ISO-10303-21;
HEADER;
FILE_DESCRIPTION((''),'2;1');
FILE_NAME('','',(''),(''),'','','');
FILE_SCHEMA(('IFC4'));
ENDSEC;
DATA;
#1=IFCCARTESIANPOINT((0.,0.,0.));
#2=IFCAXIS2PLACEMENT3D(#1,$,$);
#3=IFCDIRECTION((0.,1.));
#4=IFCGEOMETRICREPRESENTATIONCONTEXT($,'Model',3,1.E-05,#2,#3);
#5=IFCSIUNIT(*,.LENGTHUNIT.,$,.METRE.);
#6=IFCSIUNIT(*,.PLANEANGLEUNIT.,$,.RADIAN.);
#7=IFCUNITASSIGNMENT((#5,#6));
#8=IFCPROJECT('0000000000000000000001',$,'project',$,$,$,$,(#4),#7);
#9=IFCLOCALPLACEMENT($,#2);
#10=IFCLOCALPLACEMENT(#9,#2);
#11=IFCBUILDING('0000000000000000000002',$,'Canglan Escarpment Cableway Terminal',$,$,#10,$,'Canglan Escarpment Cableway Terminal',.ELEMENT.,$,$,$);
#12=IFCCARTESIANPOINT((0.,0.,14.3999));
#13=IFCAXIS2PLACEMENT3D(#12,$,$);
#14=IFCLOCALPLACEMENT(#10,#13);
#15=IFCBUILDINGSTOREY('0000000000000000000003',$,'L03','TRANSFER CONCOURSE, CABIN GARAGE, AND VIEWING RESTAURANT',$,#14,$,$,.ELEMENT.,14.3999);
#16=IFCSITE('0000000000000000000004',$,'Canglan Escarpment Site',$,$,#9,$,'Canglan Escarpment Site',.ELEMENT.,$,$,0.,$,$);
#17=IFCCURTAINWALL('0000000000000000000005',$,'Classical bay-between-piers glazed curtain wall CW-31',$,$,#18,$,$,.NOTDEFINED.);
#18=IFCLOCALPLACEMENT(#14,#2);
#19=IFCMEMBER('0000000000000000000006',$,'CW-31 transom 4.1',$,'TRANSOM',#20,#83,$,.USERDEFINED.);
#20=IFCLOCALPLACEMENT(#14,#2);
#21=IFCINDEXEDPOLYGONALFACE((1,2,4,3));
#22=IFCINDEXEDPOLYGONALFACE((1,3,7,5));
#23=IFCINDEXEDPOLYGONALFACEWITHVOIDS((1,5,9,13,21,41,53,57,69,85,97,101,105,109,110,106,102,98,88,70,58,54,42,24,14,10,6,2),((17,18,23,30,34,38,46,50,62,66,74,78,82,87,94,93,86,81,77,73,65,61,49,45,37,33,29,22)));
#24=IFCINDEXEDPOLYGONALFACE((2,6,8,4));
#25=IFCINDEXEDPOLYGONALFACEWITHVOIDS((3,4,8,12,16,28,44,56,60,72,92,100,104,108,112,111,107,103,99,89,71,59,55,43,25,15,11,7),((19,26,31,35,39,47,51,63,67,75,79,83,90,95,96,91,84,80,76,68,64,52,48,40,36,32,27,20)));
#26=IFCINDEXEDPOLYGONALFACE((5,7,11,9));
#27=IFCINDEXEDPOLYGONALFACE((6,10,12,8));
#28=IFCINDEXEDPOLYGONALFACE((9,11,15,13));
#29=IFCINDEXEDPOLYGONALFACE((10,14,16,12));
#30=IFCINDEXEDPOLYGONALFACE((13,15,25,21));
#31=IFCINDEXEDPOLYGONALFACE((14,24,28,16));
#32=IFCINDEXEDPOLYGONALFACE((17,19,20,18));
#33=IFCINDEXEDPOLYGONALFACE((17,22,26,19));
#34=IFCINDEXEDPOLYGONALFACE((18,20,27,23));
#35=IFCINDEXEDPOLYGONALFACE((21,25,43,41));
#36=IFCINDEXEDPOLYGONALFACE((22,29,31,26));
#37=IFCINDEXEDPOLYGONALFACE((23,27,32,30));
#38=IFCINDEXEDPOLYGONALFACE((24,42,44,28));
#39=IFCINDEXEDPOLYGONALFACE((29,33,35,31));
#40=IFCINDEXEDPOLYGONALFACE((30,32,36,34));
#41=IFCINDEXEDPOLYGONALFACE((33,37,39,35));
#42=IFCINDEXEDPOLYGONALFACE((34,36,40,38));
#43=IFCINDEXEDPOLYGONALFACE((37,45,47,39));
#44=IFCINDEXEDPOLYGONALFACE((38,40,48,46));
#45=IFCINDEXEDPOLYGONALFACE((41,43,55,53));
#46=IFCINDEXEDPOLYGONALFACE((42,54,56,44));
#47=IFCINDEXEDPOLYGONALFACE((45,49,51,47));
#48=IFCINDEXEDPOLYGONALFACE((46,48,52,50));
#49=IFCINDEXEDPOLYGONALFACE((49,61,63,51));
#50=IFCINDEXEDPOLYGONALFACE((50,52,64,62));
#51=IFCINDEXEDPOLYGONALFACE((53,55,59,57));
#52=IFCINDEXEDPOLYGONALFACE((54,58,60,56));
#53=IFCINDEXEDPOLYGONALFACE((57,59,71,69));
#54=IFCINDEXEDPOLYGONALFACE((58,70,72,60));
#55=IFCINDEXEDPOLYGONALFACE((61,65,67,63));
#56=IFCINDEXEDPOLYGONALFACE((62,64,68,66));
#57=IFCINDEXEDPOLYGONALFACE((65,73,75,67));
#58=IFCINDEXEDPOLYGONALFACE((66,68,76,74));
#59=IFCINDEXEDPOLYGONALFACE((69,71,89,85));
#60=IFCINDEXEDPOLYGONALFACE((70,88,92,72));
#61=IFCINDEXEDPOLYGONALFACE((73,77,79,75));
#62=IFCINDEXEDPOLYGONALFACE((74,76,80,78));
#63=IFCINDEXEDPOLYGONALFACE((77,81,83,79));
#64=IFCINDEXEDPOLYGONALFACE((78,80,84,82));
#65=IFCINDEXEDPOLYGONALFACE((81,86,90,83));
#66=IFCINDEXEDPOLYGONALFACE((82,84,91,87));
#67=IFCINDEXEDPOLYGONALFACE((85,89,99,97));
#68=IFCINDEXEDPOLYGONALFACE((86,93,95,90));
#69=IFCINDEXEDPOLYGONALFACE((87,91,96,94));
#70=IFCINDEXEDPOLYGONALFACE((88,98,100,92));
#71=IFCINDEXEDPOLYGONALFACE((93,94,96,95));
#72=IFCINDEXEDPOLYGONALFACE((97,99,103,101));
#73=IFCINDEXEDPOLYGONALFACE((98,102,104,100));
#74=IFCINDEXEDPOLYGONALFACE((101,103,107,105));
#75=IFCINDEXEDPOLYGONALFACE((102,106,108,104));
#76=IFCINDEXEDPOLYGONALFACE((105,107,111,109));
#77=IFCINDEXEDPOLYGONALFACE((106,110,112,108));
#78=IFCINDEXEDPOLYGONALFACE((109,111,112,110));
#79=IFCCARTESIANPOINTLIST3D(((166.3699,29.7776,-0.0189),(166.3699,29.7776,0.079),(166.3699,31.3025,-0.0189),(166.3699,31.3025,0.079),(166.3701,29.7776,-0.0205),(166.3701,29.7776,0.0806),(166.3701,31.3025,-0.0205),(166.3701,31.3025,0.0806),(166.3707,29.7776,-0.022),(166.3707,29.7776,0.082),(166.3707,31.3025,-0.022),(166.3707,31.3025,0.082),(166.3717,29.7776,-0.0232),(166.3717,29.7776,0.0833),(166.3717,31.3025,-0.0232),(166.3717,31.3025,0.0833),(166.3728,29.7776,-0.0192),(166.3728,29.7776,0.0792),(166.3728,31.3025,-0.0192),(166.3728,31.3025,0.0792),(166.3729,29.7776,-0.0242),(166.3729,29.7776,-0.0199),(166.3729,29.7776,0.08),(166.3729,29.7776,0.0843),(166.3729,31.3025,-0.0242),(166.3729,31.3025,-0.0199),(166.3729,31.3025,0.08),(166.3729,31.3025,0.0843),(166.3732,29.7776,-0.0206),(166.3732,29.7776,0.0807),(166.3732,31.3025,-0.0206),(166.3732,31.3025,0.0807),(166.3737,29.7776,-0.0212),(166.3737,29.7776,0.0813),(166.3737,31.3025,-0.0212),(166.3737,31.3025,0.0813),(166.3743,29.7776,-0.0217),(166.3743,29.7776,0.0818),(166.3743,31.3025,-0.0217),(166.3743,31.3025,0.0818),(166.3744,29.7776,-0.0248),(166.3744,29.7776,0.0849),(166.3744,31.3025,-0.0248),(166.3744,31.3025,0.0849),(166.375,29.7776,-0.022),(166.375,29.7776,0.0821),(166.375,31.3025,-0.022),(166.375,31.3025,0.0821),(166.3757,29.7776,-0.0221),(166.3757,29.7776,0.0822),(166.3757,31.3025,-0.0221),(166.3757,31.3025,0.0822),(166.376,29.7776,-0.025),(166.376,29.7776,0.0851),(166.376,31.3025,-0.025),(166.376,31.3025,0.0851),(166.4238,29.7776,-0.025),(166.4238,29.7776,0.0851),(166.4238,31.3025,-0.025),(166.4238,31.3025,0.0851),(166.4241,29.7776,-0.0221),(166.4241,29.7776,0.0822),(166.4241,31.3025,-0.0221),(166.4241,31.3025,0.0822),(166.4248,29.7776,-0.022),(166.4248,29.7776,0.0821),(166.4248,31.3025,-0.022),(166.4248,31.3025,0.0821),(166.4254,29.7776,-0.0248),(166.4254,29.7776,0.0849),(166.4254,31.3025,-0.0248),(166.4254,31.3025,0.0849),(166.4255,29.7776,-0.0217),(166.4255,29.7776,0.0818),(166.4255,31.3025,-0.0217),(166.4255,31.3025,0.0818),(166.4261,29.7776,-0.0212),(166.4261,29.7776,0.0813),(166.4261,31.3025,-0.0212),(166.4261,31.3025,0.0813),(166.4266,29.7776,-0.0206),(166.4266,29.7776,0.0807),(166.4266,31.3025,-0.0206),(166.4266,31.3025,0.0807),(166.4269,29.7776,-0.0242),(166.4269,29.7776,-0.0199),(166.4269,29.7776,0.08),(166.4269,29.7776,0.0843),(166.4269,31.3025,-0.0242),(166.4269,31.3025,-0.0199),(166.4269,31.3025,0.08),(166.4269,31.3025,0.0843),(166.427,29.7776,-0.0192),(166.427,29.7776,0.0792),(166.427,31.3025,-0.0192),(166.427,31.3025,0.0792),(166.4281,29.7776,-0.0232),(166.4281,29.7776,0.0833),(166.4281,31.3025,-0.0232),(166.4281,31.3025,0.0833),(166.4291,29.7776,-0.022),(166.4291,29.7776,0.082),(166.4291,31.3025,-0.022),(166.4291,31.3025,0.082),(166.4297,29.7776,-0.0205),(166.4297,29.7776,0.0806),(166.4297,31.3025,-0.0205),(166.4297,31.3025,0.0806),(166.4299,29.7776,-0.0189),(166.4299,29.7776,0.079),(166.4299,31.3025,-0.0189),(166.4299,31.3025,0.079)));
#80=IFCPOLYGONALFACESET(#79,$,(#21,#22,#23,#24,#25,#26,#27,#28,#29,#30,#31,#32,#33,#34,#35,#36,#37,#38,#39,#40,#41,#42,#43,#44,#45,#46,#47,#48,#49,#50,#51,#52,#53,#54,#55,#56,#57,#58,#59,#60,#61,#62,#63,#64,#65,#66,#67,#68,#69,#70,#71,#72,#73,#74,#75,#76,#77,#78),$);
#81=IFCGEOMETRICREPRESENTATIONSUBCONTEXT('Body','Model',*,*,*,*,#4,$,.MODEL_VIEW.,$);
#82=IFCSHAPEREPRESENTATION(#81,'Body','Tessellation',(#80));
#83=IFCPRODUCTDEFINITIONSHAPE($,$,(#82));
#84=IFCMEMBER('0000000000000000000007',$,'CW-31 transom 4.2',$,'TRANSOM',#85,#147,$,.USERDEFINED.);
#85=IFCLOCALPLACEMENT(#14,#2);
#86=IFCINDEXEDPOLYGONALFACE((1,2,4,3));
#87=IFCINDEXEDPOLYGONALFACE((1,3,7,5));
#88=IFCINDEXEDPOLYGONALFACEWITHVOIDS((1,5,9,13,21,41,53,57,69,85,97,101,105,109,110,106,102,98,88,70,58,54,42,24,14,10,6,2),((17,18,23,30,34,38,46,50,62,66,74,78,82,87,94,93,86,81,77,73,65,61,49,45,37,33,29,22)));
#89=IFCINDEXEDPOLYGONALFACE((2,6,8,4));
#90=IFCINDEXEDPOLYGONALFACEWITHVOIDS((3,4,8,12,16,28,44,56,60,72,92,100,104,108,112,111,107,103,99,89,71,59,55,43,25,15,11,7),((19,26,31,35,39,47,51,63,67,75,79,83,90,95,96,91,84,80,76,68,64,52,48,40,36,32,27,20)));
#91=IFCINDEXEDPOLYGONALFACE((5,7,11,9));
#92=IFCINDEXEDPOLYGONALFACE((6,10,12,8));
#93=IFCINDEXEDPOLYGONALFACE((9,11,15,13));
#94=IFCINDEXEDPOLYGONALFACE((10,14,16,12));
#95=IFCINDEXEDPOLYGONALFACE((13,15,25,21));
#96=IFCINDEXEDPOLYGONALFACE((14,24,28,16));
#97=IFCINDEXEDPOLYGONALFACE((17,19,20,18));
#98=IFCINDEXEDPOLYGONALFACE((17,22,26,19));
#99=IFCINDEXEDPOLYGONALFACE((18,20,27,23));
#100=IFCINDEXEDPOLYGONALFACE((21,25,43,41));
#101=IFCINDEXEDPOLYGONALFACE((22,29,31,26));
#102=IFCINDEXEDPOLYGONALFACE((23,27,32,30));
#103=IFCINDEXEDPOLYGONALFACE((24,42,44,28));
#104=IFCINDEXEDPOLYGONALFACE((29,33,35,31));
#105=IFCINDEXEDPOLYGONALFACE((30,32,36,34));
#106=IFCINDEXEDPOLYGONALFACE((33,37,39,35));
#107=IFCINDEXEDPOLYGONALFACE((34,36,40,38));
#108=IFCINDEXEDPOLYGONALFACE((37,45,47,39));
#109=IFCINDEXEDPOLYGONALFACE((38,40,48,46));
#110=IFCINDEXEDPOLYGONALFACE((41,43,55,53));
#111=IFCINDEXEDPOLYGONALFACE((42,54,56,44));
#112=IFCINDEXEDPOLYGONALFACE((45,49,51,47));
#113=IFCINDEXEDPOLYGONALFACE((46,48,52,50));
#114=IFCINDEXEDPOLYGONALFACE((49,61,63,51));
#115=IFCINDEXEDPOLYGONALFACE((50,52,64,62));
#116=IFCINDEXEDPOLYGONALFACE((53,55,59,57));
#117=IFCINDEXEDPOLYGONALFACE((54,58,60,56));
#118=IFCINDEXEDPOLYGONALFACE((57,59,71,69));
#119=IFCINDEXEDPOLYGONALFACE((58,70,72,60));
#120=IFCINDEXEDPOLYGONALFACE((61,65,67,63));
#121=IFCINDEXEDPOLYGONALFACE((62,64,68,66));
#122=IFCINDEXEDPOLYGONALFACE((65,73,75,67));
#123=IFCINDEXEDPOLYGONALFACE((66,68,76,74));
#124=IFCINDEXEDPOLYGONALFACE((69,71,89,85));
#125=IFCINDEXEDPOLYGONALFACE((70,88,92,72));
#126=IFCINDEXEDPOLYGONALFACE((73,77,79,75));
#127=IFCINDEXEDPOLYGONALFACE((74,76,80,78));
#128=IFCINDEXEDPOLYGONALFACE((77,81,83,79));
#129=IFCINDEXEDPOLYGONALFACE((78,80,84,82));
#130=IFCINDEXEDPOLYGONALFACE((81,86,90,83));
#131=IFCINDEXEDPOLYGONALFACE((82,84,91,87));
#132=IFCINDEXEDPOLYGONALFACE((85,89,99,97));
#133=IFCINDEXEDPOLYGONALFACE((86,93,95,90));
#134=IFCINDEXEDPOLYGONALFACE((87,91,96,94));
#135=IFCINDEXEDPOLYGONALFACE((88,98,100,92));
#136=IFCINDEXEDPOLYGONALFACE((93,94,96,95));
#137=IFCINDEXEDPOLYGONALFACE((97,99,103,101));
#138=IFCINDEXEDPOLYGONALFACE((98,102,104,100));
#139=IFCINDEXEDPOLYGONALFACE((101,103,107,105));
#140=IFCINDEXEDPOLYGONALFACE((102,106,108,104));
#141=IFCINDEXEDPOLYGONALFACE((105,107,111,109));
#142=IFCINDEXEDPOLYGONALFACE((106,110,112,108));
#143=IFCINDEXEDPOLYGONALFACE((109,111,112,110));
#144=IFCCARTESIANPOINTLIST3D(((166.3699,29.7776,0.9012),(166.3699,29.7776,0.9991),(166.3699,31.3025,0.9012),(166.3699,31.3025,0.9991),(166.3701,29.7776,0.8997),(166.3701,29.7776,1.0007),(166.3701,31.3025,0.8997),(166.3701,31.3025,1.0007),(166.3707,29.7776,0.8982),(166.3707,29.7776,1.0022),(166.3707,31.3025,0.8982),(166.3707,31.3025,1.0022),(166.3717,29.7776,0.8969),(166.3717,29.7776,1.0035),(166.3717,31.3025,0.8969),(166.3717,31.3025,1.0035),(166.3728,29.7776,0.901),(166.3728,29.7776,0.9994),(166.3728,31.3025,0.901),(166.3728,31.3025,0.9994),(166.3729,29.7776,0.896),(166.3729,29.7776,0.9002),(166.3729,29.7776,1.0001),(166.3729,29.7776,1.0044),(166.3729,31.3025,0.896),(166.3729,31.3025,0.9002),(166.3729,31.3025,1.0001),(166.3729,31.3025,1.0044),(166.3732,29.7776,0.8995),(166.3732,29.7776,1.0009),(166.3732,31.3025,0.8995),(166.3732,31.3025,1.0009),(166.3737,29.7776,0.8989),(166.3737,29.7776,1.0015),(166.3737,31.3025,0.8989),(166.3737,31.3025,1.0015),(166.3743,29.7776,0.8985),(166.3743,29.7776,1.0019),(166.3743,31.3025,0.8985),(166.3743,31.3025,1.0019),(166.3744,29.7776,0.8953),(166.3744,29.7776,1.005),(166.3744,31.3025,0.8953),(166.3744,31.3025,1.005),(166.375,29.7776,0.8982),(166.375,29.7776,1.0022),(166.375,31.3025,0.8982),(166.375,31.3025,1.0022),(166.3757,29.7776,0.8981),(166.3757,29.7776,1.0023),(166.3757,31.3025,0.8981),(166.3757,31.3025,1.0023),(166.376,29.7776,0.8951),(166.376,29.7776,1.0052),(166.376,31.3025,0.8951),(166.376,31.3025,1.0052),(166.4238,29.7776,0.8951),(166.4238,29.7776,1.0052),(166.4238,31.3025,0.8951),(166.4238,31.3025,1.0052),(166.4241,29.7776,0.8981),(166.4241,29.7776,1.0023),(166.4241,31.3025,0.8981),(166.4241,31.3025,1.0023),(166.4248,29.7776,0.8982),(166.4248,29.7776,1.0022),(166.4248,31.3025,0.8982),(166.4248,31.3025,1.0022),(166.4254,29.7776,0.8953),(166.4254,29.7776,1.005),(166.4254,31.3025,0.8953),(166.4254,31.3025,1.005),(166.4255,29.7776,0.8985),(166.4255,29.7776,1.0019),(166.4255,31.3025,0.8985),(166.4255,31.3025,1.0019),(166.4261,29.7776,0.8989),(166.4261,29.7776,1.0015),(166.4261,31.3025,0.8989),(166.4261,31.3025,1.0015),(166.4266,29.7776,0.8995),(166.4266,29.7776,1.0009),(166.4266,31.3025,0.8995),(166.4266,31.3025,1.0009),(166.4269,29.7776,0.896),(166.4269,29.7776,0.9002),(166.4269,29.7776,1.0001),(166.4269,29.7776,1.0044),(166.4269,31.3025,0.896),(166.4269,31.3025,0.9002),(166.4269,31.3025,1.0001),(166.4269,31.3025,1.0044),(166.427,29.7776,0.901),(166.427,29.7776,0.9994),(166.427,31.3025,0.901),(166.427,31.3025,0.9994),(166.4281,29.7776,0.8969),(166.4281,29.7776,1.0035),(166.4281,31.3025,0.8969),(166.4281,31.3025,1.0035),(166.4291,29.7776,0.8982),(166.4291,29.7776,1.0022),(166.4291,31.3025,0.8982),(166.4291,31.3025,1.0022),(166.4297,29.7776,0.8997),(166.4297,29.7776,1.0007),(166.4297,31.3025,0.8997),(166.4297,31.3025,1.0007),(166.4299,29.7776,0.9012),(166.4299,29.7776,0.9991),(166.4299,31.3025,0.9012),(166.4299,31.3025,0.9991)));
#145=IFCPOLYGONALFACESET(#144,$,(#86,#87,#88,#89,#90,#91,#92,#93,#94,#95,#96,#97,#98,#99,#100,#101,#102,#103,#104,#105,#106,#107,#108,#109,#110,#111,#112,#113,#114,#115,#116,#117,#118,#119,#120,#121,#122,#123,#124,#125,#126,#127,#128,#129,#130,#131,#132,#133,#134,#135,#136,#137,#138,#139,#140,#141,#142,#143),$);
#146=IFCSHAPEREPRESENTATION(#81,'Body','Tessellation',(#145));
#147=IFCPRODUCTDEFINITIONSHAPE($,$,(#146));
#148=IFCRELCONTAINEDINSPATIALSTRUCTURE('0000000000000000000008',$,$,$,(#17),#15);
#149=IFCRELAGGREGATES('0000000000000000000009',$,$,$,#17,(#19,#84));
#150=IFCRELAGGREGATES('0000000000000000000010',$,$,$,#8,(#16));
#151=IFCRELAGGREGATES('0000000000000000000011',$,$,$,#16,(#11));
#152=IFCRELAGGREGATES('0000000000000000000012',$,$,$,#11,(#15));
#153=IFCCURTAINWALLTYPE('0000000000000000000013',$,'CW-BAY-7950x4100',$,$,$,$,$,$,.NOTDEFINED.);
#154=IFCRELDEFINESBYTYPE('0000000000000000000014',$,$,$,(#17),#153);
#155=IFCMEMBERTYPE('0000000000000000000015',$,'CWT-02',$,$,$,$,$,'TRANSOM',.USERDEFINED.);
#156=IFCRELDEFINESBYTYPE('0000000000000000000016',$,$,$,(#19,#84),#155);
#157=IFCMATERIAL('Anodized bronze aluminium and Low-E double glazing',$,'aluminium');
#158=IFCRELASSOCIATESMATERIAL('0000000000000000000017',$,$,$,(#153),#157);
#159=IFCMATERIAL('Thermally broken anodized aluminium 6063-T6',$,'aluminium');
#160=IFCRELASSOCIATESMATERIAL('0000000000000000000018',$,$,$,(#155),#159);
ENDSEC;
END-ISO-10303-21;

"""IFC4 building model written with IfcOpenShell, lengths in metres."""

from ifc_helpers import new_model, si_unit, direction, frame, origin, origin_2d, place, context, subcontext, project, spatial, hollow_rectangle, extrude, material, material_profile, profile_set, type_object, element, aggregate, save


model = new_model("IFC4")

# Units and contexts
model_context = context("Model", 3, precision=1e-05, world=origin(), true_north=direction((0.0, 1.0)))
body_context = subcontext(model_context, "Body", "Model", "MODEL_VIEW")
ifc_project = project(units=[si_unit("LENGTHUNIT", "METRE"), si_unit("PLANEANGLEUNIT", "RADIAN")], contexts=[model_context])

# Site, building, storey
site_placement = place(None, origin())
site = spatial("IfcSite", under=ifc_project, at=site_placement, Name="Canglan Escarpment Site", LongName="Canglan Escarpment Site", CompositionType="ELEMENT", RefElevation=0.0)
building_placement = place(site_placement, origin())
building = spatial("IfcBuilding", under=site, at=building_placement, Name="Canglan Escarpment Cableway Terminal", LongName="Canglan Escarpment Cableway Terminal", CompositionType="ELEMENT")
storey_placement = place(building_placement, frame((0.0, 0.0, 14.3999)))
storey = spatial("IfcBuildingStorey", under=building, at=storey_placement, Name="L03", Description="TRANSFER CONCOURSE, CABIN GARAGE, AND VIEWING RESTAURANT", CompositionType="ELEMENT", Elevation=14.3999)

# Curtain wall, members
ifc_material_1 = material(Name="Anodized bronze aluminium and Low-E double glazing", Category="aluminium")
curtain_wall_type = type_object("IfcCurtainWallType", Name="CW-BAY-7950x4100", PredefinedType="NOTDEFINED", material=ifc_material_1)
curtain_wall_placement = place(storey_placement, origin())
curtain_wall = element("IfcCurtainWall", 1, at=curtain_wall_placement, inside=storey, type_object=curtain_wall_type, Name="Classical bay-between-piers glazed curtain wall CW-31", PredefinedType="NOTDEFINED")
ifc_material_2 = material(Name="Thermally broken anodized aluminium 6063-T6", Category="aluminium")
ifc_material_profile_1 = material_profile(ifc_material_2, hollow_rectangle(XDim=0.0601, YDim=0.1101, WallThickness=0.0029, InnerFilletRadius=0.0029, OuterFilletRadius=0.0061, at=origin_2d()), Name="ALU-TRAN 60x110x3")
ifc_profile_set_1 = profile_set([ifc_material_profile_1], Name="Thermally broken anodized aluminium 6063-T6")
member_type_1 = type_object("IfcMemberType", Name="CWT-02", ElementType="TRANSOM", PredefinedType="USERDEFINED", material=ifc_profile_set_1)
member_1_placement = place(storey_placement, frame((166.3999, 29.7776, 0.03), z_axis=(0.0, 1.0, 0.0), x_axis=(-1.0, 0.0, 0.0)))
member_1 = element("IfcMember", 2, at=member_1_placement, type_object=member_type_1, Name="CW-31 transom 4.1", ObjectType="TRANSOM", PredefinedType="USERDEFINED", context=body_context, shape_type="SweptSolid", body=[
    extrude(hollow_rectangle(XDim=0.0601, YDim=0.1101, WallThickness=0.0029, InnerFilletRadius=0.0029, OuterFilletRadius=0.0061, at=origin_2d()), origin(), (0.0, 0.0, 1.0), 1.5249),
])
member_2_placement = place(storey_placement, frame((166.3999, 29.7776, 0.9502), z_axis=(0.0, 1.0, 0.0), x_axis=(-1.0, 0.0, 0.0)))
member_2 = element("IfcMember", 3, at=member_2_placement, type_object=member_type_1, Name="CW-31 transom 4.2", ObjectType="TRANSOM", PredefinedType="USERDEFINED", context=body_context, shape_type="SweptSolid", body=[
    extrude(hollow_rectangle(XDim=0.0601, YDim=0.1101, WallThickness=0.0029, InnerFilletRadius=0.0029, OuterFilletRadius=0.0061, at=origin_2d()), origin(), (0.0, 0.0, 1.0), 1.5249),
])

aggregate(curtain_wall, [member_1, member_2])

save(model, "model.ifc")
